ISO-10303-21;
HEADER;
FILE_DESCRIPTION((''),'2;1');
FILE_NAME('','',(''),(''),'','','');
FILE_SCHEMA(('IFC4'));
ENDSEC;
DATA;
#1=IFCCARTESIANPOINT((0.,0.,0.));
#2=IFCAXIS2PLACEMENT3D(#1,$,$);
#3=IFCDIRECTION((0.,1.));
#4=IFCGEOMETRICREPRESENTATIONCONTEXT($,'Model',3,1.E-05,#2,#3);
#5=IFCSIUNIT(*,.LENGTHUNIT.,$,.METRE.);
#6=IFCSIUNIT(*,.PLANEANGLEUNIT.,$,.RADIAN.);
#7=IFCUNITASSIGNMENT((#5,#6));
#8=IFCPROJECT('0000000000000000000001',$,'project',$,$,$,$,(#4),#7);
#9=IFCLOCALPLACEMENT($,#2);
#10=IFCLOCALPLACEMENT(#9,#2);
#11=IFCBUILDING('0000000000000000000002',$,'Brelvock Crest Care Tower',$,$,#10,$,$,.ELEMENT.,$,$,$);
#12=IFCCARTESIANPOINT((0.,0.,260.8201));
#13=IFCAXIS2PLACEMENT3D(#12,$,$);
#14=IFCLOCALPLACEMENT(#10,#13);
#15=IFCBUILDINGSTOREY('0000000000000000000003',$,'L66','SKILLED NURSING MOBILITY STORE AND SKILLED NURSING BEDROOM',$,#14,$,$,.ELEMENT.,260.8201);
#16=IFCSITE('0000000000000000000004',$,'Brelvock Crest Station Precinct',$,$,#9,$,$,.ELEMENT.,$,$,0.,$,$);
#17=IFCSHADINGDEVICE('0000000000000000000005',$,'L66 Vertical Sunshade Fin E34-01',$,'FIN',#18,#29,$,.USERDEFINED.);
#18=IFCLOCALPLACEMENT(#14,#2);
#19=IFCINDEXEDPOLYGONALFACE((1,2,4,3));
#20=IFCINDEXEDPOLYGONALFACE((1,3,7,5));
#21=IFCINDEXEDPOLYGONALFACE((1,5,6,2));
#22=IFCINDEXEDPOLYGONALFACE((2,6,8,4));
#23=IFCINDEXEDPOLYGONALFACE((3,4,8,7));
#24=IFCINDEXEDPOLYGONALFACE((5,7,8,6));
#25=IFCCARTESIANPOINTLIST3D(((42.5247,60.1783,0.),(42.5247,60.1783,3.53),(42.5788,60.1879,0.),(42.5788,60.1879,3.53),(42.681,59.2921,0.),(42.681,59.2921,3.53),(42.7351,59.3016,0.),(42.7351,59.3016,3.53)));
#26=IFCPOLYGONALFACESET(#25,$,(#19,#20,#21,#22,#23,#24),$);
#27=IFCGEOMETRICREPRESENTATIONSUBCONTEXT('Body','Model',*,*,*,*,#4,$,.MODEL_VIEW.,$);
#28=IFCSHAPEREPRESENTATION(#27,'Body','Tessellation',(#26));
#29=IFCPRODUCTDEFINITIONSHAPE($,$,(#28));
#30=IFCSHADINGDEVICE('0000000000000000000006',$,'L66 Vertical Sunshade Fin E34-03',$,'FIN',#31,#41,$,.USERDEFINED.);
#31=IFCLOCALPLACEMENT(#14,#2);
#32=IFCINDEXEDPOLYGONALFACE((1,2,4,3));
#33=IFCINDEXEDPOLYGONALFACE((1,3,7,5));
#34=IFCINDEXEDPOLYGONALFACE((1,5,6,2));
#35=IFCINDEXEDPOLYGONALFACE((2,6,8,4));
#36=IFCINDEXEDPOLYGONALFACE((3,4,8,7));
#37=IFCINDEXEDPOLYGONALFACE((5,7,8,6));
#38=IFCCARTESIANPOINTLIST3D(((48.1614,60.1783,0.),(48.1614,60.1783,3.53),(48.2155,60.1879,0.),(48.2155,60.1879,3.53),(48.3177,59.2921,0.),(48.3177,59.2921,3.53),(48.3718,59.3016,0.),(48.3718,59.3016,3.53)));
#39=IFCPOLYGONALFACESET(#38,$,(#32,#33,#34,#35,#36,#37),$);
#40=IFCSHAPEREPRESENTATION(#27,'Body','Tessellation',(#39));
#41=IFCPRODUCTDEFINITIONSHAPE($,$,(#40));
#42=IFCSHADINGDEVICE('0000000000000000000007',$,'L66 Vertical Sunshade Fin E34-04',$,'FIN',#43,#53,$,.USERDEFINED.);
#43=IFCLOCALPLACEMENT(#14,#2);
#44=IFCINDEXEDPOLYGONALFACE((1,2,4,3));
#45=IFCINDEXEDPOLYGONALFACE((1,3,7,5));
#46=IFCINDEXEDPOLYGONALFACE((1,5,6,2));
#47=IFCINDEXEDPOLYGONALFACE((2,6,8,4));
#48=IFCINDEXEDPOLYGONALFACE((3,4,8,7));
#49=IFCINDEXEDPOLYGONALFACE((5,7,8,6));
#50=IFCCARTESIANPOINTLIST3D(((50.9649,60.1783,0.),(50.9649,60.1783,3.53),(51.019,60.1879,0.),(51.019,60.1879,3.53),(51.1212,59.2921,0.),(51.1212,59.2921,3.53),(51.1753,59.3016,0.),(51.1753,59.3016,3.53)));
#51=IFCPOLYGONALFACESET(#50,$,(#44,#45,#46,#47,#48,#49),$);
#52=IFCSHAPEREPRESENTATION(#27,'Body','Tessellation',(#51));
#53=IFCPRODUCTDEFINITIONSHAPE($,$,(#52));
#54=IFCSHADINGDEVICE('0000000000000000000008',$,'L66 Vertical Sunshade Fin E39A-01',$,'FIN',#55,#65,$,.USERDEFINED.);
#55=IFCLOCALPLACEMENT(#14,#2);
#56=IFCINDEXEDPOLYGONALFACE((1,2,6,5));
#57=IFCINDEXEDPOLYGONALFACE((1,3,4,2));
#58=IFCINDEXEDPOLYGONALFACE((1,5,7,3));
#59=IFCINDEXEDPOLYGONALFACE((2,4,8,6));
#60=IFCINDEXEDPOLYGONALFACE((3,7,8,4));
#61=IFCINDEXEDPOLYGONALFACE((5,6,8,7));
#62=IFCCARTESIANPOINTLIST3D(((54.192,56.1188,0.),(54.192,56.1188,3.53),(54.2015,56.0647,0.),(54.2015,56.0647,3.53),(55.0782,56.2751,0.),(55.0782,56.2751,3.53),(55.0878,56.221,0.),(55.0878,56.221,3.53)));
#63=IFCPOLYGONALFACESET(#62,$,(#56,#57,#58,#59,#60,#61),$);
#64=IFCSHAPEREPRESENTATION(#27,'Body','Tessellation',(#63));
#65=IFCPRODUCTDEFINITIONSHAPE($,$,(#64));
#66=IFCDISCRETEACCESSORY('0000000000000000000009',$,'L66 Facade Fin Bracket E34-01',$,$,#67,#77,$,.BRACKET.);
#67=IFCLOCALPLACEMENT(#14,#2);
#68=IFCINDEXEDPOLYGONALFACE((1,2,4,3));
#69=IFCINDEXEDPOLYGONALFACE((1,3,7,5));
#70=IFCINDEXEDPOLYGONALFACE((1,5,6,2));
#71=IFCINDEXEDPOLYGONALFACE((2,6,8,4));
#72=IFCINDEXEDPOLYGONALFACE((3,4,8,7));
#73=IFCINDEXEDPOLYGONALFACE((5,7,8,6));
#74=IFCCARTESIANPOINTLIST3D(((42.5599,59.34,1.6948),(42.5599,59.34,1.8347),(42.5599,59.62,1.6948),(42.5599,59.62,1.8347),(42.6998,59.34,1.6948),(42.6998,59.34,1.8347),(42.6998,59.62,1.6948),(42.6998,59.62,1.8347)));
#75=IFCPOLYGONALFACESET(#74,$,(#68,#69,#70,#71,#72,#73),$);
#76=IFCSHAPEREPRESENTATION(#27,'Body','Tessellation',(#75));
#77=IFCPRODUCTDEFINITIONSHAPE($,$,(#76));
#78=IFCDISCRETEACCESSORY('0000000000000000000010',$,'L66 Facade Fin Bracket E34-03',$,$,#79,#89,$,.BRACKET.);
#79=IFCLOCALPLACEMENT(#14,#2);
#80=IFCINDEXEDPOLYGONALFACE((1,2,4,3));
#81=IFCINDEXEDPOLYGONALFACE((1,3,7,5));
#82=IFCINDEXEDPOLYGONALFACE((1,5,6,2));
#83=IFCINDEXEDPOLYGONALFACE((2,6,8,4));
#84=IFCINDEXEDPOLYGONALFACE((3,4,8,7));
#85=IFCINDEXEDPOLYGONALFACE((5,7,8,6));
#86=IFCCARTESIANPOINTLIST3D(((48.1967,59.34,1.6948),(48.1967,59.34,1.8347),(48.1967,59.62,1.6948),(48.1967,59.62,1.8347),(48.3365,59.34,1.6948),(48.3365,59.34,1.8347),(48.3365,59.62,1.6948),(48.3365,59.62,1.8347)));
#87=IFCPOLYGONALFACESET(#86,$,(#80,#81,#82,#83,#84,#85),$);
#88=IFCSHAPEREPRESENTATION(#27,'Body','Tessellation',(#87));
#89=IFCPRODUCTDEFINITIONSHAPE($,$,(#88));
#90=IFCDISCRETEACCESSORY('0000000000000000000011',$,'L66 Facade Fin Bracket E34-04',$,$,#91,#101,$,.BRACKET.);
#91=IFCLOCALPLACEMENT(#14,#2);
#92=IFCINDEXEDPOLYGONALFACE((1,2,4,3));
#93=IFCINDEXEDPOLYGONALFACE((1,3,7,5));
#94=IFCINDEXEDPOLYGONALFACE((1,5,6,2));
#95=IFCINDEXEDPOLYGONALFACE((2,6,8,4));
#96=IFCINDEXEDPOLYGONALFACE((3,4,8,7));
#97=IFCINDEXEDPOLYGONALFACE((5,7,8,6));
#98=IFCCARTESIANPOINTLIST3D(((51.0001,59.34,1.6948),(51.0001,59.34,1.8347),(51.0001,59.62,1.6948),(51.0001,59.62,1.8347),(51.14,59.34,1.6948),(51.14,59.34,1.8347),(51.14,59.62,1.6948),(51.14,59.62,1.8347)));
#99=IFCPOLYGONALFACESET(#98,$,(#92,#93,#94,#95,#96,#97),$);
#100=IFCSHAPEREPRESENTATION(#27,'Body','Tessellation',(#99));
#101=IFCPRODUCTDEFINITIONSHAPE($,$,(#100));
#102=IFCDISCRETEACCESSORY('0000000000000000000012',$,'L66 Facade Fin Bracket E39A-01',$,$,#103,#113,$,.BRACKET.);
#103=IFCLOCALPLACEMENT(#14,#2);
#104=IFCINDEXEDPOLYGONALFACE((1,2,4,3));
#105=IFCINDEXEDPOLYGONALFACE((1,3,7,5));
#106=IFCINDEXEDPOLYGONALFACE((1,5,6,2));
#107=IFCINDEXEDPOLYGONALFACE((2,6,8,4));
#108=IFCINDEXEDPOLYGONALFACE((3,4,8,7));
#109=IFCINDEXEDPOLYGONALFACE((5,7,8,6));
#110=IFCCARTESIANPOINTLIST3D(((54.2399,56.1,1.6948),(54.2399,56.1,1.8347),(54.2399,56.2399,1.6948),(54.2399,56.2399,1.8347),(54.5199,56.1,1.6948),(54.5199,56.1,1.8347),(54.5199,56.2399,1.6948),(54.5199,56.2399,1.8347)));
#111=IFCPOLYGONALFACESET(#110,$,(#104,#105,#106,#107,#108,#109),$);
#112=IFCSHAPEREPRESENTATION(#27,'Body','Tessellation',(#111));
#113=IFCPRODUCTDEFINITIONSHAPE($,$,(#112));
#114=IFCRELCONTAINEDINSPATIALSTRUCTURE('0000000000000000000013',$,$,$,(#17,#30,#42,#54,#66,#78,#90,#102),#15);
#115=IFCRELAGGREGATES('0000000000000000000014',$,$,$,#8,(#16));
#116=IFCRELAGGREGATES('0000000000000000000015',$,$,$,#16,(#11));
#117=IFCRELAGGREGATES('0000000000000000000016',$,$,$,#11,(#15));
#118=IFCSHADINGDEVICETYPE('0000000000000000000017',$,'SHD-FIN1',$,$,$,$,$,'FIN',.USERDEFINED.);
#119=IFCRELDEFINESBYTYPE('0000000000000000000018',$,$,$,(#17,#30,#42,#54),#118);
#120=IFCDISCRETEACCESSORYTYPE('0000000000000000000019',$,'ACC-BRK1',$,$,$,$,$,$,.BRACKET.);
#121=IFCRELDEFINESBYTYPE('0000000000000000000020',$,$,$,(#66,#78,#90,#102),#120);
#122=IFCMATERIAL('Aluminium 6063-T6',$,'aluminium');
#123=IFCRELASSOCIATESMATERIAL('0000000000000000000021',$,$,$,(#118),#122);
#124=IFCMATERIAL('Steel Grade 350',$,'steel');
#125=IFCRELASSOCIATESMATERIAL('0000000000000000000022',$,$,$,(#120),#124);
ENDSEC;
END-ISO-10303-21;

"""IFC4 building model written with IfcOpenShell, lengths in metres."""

from ifc_helpers import new_model, si_unit, direction, frame, origin, origin_2d, place, context, subcontext, project, spatial, rectangle, extrude, source, transform, mapped, material, material_profile, profile_set, type_object, element, save


model = new_model("IFC4")

# Units and contexts
model_context = context("Model", 3, precision=1e-05, world=origin(), true_north=direction((0.0, 1.0)))
body_context = subcontext(model_context, "Body", "Model", "MODEL_VIEW")
ifc_project = project(units=[si_unit("LENGTHUNIT", "METRE"), si_unit("PLANEANGLEUNIT", "RADIAN")], contexts=[model_context])

# Site, building, storey
site_placement = place(None, origin())
site = spatial("IfcSite", under=ifc_project, at=site_placement, Name="Brelvock Crest Station Precinct", CompositionType="ELEMENT", RefElevation=0.0)
building_placement = place(site_placement, origin())
building = spatial("IfcBuilding", under=site, at=building_placement, Name="Brelvock Crest Care Tower", CompositionType="ELEMENT")
storey_placement = place(building_placement, frame((0.0, 0.0, 260.8201)))
storey = spatial("IfcBuildingStorey", under=building, at=storey_placement, Name="L66", Description="SKILLED NURSING MOBILITY STORE AND SKILLED NURSING BEDROOM", CompositionType="ELEMENT", Elevation=260.8201)

# Shared definitions
ifc_material_1 = material(Name="Aluminium 6063-T6", Category="aluminium")

# Shading devices
ifc_material_profile_1 = material_profile(ifc_material_1, rectangle(XDim=0.0549, YDim=0.8999, at=origin_2d()), Name="FIN55x900")
ifc_profile_set_1 = profile_set([ifc_material_profile_1], Name="Aluminium 6063-T6")
shading_device_type = type_object("IfcShadingDeviceType", Name="SHD-FIN1", ElementType="FIN", PredefinedType="USERDEFINED", material=ifc_profile_set_1)
shared_shape_1 = source(origin(), body_context, "Body", "SweptSolid", [
    extrude(rectangle(XDim=0.0549, YDim=0.8999, at=origin_2d()), origin(), (0.0, 0.0, 1.0), 3.53),
])
for number, where, z_axis, x_axis, name in (
    (1, (42.6299, 59.74, 0.0), (0.0, 0.0, 1.0), (0.984808, 0.173648, 0.0), "L66 Vertical Sunshade Fin E34-01"),
    (2, (48.2666, 59.74, 0.0), (0.0, 0.0, 1.0), (0.984808, 0.173648, 0.0), "L66 Vertical Sunshade Fin E34-03"),
    (3, (51.0701, 59.74, 0.0), (0.0, 0.0, 1.0), (0.984808, 0.173648, 0.0), "L66 Vertical Sunshade Fin E34-04"),
    (4, (54.6399, 56.1699, 0.0), (0.0, 0.0, 1.0), (0.173648, -0.984808, 0.0), "L66 Vertical Sunshade Fin E39A-01"),
):
    element("IfcShadingDevice", number, at=place(storey_placement, frame(where, z_axis=z_axis, x_axis=x_axis)), inside=storey, type_object=shading_device_type, Name=name, ObjectType="FIN", PredefinedType="USERDEFINED", context=body_context, shape_type="MappedRepresentation", body=[
        mapped(shared_shape_1, transform((0.0, 0.0, 0.0), x_axis=(1.0, 0.0, 0.0), y_axis=(0.0, 1.0, 0.0), z_axis=(0.0, 0.0, 1.0), scale=1.0)),
    ])

# Discrete accessories
ifc_material_2 = material(Name="Steel Grade 350", Category="steel")
discrete_accessory_type = type_object("IfcDiscreteAccessoryType", Name="ACC-BRK1", PredefinedType="BRACKET", material=ifc_material_2)
shared_shape_2 = source(origin(), body_context, "Body", "SweptSolid", [
    extrude(rectangle(XDim=0.28, YDim=0.1399, at=origin_2d()), origin(), (0.0, 0.0, 1.0), 0.1399),
])
for number, where, z_axis, x_axis, name in (
    (5, (42.6299, 59.48, 1.6948), (0.0, 0.0, 1.0), (0.0, 1.0, 0.0), "L66 Facade Fin Bracket E34-01"),
    (6, (48.2666, 59.48, 1.6948), (0.0, 0.0, 1.0), (0.0, 1.0, 0.0), "L66 Facade Fin Bracket E34-03"),
    (7, (51.0701, 59.48, 1.6948), (0.0, 0.0, 1.0), (0.0, 1.0, 0.0), "L66 Facade Fin Bracket E34-04"),
    (8, (54.3799, 56.1699, 1.6948), (0.0, 0.0, 1.0), (1.0, 0.0, 0.0), "L66 Facade Fin Bracket E39A-01"),
):
    element("IfcDiscreteAccessory", number, at=place(storey_placement, frame(where, z_axis=z_axis, x_axis=x_axis)), inside=storey, type_object=discrete_accessory_type, Name=name, PredefinedType="BRACKET", context=body_context, shape_type="MappedRepresentation", body=[
        mapped(shared_shape_2, transform((0.0, 0.0, 0.0), x_axis=(1.0, 0.0, 0.0), y_axis=(0.0, 1.0, 0.0), z_axis=(0.0, 0.0, 1.0), scale=1.0)),
    ])

save(model, "model.ifc")
